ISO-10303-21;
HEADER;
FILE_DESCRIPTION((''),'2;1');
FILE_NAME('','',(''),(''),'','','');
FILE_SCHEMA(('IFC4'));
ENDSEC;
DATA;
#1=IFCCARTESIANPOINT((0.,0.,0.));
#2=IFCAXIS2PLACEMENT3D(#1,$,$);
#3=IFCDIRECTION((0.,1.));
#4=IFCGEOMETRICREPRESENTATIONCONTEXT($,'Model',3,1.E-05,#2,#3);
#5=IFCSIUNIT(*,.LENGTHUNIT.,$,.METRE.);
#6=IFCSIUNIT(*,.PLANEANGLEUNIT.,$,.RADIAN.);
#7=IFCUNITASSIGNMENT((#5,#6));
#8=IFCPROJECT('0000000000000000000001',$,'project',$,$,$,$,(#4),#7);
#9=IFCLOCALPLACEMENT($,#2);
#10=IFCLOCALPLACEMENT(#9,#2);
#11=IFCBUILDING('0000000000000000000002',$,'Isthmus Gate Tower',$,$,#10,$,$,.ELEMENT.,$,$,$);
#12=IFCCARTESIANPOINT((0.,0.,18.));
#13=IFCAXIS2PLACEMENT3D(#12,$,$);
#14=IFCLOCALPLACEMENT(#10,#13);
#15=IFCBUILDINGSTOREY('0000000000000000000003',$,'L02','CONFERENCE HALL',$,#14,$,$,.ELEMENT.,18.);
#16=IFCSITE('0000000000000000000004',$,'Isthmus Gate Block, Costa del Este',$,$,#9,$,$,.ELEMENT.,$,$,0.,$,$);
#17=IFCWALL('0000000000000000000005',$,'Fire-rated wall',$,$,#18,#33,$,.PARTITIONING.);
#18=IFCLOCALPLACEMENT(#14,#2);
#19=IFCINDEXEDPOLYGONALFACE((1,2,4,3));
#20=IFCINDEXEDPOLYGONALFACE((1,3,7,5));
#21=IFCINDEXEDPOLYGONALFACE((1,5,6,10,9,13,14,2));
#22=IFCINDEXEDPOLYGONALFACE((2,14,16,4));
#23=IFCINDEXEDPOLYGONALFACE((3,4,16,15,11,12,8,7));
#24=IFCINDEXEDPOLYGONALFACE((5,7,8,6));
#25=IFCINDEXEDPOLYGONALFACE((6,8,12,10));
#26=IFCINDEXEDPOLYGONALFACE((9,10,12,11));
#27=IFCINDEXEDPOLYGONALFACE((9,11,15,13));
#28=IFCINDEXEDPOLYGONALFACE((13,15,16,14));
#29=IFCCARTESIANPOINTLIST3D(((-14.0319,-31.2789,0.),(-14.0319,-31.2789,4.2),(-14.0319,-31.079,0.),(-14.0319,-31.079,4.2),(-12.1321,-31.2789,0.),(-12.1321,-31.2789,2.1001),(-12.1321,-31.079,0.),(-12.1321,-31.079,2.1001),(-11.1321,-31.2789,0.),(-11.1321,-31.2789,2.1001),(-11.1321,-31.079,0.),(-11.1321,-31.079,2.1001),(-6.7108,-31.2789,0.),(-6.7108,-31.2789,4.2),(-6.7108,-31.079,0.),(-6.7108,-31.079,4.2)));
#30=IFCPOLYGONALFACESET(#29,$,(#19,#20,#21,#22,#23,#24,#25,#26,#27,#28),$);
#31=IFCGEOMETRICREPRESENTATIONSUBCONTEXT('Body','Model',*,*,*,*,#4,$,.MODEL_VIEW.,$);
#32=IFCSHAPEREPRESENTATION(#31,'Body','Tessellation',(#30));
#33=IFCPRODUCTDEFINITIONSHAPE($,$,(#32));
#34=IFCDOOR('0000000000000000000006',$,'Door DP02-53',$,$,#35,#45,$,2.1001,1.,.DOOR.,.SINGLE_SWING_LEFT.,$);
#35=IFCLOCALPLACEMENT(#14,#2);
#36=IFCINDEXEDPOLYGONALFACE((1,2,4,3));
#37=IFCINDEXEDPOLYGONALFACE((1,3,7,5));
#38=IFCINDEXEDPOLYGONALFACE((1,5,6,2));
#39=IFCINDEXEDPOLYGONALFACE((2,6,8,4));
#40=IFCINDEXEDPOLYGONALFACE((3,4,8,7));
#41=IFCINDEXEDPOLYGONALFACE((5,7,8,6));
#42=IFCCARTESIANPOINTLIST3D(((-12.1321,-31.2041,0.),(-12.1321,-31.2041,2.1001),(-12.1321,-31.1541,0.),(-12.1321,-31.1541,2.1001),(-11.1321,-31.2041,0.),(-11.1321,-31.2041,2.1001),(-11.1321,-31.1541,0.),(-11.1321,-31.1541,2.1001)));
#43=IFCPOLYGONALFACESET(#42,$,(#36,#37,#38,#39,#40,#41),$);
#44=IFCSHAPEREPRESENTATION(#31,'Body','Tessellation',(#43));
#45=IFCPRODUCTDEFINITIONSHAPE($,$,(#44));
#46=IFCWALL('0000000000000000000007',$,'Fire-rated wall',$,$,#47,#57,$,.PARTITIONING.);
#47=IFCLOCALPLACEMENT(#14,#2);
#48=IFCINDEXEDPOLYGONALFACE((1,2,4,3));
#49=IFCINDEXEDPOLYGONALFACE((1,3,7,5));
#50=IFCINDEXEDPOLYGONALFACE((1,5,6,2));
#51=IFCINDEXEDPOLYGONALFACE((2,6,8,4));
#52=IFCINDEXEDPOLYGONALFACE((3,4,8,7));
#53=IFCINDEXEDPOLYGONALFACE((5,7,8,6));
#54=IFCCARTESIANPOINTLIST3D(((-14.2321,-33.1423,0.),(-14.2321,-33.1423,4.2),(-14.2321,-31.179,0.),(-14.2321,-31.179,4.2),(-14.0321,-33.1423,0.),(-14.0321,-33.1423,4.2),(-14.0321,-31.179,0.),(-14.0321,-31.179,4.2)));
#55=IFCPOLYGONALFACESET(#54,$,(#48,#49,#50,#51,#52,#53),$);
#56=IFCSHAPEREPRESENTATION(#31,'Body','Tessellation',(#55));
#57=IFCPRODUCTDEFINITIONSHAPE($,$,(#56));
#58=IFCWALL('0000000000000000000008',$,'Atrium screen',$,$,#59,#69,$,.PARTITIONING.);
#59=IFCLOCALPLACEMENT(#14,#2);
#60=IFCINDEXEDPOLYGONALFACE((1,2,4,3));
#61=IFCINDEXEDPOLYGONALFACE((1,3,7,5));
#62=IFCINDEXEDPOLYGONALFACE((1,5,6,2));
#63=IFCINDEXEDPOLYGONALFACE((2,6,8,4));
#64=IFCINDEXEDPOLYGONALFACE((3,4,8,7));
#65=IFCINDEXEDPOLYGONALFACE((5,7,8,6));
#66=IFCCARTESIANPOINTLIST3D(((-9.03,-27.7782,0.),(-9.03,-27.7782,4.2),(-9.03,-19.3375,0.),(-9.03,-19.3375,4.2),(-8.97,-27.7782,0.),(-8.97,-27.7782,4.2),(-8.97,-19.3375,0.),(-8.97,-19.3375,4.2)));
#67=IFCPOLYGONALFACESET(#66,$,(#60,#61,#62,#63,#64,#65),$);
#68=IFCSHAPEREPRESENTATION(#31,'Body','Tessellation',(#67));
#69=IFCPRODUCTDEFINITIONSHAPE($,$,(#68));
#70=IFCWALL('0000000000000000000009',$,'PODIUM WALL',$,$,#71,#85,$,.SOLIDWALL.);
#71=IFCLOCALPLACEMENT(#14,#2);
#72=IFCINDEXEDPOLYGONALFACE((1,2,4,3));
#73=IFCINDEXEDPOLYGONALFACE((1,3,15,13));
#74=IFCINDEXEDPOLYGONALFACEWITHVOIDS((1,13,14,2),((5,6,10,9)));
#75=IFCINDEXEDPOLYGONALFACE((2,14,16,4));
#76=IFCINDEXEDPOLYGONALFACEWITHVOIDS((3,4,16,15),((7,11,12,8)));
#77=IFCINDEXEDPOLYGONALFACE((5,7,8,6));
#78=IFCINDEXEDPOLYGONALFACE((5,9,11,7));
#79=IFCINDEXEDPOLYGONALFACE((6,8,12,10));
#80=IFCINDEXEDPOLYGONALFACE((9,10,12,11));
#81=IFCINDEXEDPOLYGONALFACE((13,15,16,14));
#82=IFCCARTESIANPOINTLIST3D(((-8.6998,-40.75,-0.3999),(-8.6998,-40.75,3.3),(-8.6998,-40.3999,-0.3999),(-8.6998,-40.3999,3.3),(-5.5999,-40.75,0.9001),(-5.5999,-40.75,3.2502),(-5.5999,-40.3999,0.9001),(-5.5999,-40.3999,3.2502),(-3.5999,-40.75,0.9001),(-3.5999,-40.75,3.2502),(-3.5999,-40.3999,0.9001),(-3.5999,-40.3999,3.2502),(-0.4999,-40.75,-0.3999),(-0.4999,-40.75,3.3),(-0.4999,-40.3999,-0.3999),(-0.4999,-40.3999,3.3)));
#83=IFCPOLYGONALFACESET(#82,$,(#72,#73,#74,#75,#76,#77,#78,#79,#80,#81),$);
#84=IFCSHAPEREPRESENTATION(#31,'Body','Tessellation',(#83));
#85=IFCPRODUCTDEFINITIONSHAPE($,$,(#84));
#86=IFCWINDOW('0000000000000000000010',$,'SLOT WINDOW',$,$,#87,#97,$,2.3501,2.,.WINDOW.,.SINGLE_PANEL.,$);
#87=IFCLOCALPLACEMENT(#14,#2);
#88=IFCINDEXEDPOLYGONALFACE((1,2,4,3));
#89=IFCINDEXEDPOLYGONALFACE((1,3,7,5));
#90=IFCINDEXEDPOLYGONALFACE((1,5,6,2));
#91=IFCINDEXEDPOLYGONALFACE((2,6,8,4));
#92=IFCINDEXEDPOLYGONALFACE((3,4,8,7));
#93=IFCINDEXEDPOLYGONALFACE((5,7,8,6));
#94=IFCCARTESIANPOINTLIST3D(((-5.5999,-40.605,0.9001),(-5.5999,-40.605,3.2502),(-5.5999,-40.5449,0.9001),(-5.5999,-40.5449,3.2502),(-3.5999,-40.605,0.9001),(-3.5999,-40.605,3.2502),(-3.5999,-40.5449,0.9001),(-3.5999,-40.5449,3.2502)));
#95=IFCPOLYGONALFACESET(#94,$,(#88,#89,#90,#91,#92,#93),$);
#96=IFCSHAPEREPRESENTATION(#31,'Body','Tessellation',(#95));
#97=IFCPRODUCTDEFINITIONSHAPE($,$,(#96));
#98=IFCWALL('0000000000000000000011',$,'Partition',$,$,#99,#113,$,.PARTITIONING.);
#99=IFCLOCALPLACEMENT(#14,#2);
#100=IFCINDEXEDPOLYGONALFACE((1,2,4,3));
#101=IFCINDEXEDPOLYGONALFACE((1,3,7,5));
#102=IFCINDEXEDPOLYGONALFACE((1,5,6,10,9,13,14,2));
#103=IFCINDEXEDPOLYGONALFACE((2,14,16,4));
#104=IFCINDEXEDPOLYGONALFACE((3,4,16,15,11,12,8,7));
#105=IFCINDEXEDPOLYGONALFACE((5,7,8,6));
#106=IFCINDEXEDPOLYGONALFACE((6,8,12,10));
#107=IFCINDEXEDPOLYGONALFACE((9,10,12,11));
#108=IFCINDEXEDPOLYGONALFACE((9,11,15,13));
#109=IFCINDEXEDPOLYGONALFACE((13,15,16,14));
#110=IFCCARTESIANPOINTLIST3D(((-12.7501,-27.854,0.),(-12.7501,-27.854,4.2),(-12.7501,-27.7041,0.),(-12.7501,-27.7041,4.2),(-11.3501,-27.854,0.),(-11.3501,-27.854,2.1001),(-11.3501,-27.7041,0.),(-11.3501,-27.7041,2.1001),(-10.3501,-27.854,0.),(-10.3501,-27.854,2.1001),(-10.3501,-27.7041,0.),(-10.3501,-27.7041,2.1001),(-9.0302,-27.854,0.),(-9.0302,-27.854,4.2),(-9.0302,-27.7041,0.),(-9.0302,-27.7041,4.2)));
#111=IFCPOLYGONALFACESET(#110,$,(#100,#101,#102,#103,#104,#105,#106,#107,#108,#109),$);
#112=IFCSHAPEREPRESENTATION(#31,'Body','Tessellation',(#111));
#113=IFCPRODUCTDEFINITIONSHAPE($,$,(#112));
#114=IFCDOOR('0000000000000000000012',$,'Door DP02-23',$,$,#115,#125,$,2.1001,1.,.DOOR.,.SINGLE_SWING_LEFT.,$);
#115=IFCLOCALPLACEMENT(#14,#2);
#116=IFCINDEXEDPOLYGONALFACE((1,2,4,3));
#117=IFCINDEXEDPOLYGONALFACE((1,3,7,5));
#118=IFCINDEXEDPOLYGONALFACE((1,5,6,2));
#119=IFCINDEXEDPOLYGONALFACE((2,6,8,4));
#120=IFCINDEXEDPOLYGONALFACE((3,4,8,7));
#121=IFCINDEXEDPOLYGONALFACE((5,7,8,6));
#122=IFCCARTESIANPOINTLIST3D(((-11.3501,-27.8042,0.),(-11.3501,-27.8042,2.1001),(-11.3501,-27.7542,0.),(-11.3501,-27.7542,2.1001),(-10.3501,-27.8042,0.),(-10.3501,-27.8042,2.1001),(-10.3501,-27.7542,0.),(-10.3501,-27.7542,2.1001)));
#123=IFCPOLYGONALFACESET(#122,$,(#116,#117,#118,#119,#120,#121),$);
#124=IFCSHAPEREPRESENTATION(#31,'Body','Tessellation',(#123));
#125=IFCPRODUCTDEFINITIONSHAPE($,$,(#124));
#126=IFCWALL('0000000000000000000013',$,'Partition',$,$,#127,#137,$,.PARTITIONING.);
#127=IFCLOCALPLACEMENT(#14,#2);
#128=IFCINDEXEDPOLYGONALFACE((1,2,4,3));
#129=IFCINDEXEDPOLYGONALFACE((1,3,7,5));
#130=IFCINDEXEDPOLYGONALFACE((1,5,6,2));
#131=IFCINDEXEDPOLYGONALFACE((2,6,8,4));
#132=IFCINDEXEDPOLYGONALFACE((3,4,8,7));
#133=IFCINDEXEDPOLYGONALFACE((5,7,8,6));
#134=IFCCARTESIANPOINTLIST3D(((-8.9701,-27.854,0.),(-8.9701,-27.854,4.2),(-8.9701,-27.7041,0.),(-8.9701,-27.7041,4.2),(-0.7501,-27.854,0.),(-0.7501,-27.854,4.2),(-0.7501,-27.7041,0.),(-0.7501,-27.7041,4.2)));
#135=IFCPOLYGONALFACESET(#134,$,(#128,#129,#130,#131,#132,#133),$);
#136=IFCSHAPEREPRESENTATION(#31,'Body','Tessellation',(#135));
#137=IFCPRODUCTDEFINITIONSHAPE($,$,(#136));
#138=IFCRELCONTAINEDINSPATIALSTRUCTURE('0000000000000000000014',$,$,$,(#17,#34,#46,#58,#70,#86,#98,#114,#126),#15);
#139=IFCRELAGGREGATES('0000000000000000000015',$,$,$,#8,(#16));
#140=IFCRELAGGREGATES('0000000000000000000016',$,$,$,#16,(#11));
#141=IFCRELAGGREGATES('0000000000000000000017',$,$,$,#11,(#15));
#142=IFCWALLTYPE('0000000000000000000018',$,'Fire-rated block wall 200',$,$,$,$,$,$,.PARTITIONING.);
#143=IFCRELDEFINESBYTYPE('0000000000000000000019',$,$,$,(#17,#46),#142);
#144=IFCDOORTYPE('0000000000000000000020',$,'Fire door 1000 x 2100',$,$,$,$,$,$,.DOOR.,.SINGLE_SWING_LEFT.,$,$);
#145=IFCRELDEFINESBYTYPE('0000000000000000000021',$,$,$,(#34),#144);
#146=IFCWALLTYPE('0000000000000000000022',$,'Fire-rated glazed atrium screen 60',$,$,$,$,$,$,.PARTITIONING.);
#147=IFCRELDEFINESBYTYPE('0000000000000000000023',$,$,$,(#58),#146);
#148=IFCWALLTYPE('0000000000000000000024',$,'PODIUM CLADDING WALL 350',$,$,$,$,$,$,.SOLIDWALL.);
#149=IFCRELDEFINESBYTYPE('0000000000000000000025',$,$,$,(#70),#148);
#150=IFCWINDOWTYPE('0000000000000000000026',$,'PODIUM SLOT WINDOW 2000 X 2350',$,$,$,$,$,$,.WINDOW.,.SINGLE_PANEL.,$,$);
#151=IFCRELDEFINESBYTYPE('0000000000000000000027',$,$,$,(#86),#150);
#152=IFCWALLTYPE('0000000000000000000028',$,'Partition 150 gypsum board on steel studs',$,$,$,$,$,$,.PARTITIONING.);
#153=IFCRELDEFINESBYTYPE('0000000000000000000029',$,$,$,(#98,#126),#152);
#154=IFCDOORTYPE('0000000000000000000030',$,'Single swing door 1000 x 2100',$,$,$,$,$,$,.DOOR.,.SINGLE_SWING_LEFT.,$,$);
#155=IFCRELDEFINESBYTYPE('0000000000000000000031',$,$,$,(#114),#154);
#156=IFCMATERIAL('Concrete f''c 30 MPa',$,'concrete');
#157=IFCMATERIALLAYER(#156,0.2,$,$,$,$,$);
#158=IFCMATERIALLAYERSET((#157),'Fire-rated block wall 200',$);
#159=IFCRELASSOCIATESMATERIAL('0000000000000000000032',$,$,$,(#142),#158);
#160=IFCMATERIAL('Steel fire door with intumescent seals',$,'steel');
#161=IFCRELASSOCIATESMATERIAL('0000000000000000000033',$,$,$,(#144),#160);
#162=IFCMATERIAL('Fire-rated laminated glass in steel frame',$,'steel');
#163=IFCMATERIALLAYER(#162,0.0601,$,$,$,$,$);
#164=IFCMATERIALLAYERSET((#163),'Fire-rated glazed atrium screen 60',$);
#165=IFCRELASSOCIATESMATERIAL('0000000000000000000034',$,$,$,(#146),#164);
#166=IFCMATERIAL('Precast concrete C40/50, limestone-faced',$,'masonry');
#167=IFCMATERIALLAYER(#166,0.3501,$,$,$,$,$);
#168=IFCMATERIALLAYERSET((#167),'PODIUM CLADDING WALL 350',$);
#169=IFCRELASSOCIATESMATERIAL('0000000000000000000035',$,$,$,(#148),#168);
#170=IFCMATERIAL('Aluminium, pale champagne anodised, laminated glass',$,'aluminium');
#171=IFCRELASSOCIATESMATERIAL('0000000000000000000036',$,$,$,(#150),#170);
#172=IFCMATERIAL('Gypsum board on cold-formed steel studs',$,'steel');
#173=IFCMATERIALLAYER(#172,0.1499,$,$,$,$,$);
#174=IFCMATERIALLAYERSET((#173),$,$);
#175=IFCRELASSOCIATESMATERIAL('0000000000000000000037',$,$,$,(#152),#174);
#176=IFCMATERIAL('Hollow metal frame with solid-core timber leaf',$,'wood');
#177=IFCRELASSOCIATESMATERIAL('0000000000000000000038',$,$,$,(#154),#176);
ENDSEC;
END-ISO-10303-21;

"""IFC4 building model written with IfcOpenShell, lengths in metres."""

from ifc_helpers import new_model, si_unit, direction, frame, frame_2d, origin, place, context, subcontext, project, spatial, rectangle, extrude, material, layer, layer_set, type_object, element, fill, save


model = new_model("IFC4")

# Units and contexts
model_context = context("Model", 3, precision=1e-05, world=origin(), true_north=direction((0.0, 1.0)))
body_context = subcontext(model_context, "Body", "Model", "MODEL_VIEW")
ifc_project = project(units=[si_unit("LENGTHUNIT", "METRE"), si_unit("PLANEANGLEUNIT", "RADIAN")], contexts=[model_context])

# Site, building, storey
site_placement = place(None, origin())
site = spatial("IfcSite", under=ifc_project, at=site_placement, Name="Isthmus Gate Block, Costa del Este", CompositionType="ELEMENT", RefElevation=0.0)
building_placement = place(site_placement, origin())
building = spatial("IfcBuilding", under=site, at=building_placement, Name="Isthmus Gate Tower", CompositionType="ELEMENT")
storey_placement = place(building_placement, frame((0.0, 0.0, 18.0)))
storey = spatial("IfcBuildingStorey", under=building, at=storey_placement, Name="L02", Description="CONFERENCE HALL", CompositionType="ELEMENT", Elevation=18.0)

# Wall, opening, door
ifc_material_1 = material(Name="Concrete f'c 30 MPa", Category="concrete")
ifc_layer_1 = layer(ifc_material_1, 0.2)
ifc_layer_set_1 = layer_set([ifc_layer_1], Name="Fire-rated block wall 200")
wall_type_1 = type_object("IfcWallType", Name="Fire-rated block wall 200", PredefinedType="PARTITIONING", material=ifc_layer_set_1)
wall_1_placement = place(storey_placement, frame((-14.032, -31.179, 0.0), z_axis=(0.0, 0.0, 1.0), x_axis=(1.0, 0.0, 0.0)))
wall_1 = element("IfcWall", 1, at=wall_1_placement, inside=storey, type_object=wall_type_1, Name="Fire-rated wall", PredefinedType="PARTITIONING", context=body_context, shape_type="SweptSolid", body=[
    extrude(rectangle(XDim=7.321, YDim=0.2, at=frame_2d((3.6606, 0.0))), origin(), (0.0, 0.0, 1.0), 4.2),
])
opening_1_placement = place(wall_1_placement, frame((1.8999, 0.0, 0.0)))
opening_1 = element("IfcOpeningElement", 2, at=opening_1_placement, cuts=wall_1, PredefinedType="OPENING", context=body_context, shape_type="SweptSolid", body=[
    extrude(rectangle(XDim=1.0, YDim=2.1001, at=frame_2d((0.5, 1.05))), frame((0.0, 0.1099, 0.0), z_axis=(0.0, -1.0, 0.0), x_axis=(1.0, 0.0, 0.0)), (0.0, 0.0, 1.0), 0.22),
])
ifc_material_2 = material(Name="Steel fire door with intumescent seals", Category="steel")
door_type_1 = type_object("IfcDoorType", Name="Fire door 1000 x 2100", OperationType="SINGLE_SWING_LEFT", PredefinedType="DOOR", material=ifc_material_2)
door_1_placement = place(opening_1_placement, origin())
door_1 = element("IfcDoor", 3, at=door_1_placement, inside=storey, type_object=door_type_1, Name="Door DP02-53", OperationType="SINGLE_SWING_LEFT", OverallHeight=2.1001, OverallWidth=1.0, PredefinedType="DOOR", context=body_context, shape_type="SweptSolid", body=[
    extrude(rectangle(XDim=1.0, YDim=2.1001, at=frame_2d((0.5, 1.05))), frame((0.0, 0.0249, 0.0), z_axis=(0.0, -1.0, 0.0), x_axis=(1.0, 0.0, 0.0)), (0.0, 0.0, 1.0), 0.05),
])
fill(opening_1, door_1)

# Walls
wall_2_placement = place(storey_placement, frame((-14.1321, -33.1423, 0.0), z_axis=(0.0, 0.0, 1.0), x_axis=(0.0, 1.0, 0.0)))
element("IfcWall", 4, at=wall_2_placement, inside=storey, type_object=wall_type_1, Name="Fire-rated wall", PredefinedType="PARTITIONING", context=body_context, shape_type="SweptSolid", body=[
    extrude(rectangle(XDim=1.9634, YDim=0.2, at=frame_2d((0.9817, 0.0))), origin(), (0.0, 0.0, 1.0), 4.2),
])
ifc_material_3 = material(Name="Fire-rated laminated glass in steel frame", Category="steel")
ifc_layer_2 = layer(ifc_material_3, 0.0601)
ifc_layer_set_2 = layer_set([ifc_layer_2], Name="Fire-rated glazed atrium screen 60")
wall_type_2 = type_object("IfcWallType", Name="Fire-rated glazed atrium screen 60", PredefinedType="PARTITIONING", material=ifc_layer_set_2)
wall_3_placement = place(storey_placement, frame((-9.0, -27.7781, 0.0), z_axis=(0.0, 0.0, 1.0), x_axis=(0.0, 1.0, 0.0)))
element("IfcWall", 5, at=wall_3_placement, inside=storey, type_object=wall_type_2, Name="Atrium screen", PredefinedType="PARTITIONING", context=body_context, shape_type="SweptSolid", body=[
    extrude(rectangle(XDim=8.4407, YDim=0.0601, at=frame_2d((4.2202, 0.0))), origin(), (0.0, 0.0, 1.0), 4.2),
])

# Wall, opening, window
ifc_material_4 = material(Name="Precast concrete C40/50, limestone-faced", Category="masonry")
ifc_layer_3 = layer(ifc_material_4, 0.3501)
ifc_layer_set_3 = layer_set([ifc_layer_3], Name="PODIUM CLADDING WALL 350")
wall_type_3 = type_object("IfcWallType", Name="PODIUM CLADDING WALL 350", PredefinedType="SOLIDWALL", material=ifc_layer_set_3)
wall_4_placement = place(storey_placement, frame((-8.7, -40.575, -0.3999), z_axis=(0.0, 0.0, 1.0), x_axis=(1.0, 0.0, 0.0)))
wall_4 = element("IfcWall", 6, at=wall_4_placement, inside=storey, type_object=wall_type_3, Name="PODIUM WALL", PredefinedType="SOLIDWALL", context=body_context, shape_type="SweptSolid", body=[
    extrude(rectangle(XDim=8.2, YDim=0.3501, at=frame_2d((4.1001, 0.0))), origin(), (0.0, 0.0, 1.0), 3.7),
])
opening_2_placement = place(wall_4_placement, frame((3.1001, 0.0, 1.3)))
opening_2 = element("IfcOpeningElement", 7, at=opening_2_placement, cuts=wall_4, PredefinedType="OPENING", context=body_context, shape_type="SweptSolid", body=[
    extrude(rectangle(XDim=2.0, YDim=2.3501, at=frame_2d((1.0, 1.175))), frame((0.0, 0.1851, 0.0), z_axis=(0.0, -1.0, 0.0), x_axis=(1.0, 0.0, 0.0)), (0.0, 0.0, 1.0), 0.3701),
])
ifc_material_5 = material(Name="Aluminium, pale champagne anodised, laminated glass", Category="aluminium")
window_type = type_object("IfcWindowType", Name="PODIUM SLOT WINDOW 2000 X 2350", PartitioningType="SINGLE_PANEL", PredefinedType="WINDOW", material=ifc_material_5)
window_placement = place(opening_2_placement, origin())
window = element("IfcWindow", 8, at=window_placement, inside=storey, type_object=window_type, Name="SLOT WINDOW", OverallHeight=2.3501, OverallWidth=2.0, PartitioningType="SINGLE_PANEL", PredefinedType="WINDOW", context=body_context, shape_type="SweptSolid", body=[
    extrude(rectangle(XDim=2.0, YDim=2.3501, at=frame_2d((1.0, 1.175))), frame((0.0, 0.03, 0.0), z_axis=(0.0, -1.0, 0.0), x_axis=(1.0, 0.0, 0.0)), (0.0, 0.0, 1.0), 0.0601),
])
fill(opening_2, window)

# Wall, opening, door
ifc_material_6 = material(Name="Gypsum board on cold-formed steel studs", Category="steel")
ifc_layer_4 = layer(ifc_material_6, 0.1499)
ifc_layer_set_4 = layer_set([ifc_layer_4])
wall_type_4 = type_object("IfcWallType", Name="Partition 150 gypsum board on steel studs", PredefinedType="PARTITIONING", material=ifc_layer_set_4)
wall_5_placement = place(storey_placement, frame((-12.75, -27.7791, 0.0), z_axis=(0.0, 0.0, 1.0), x_axis=(1.0, 0.0, 0.0)))
wall_5 = element("IfcWall", 9, at=wall_5_placement, inside=storey, type_object=wall_type_4, Name="Partition", PredefinedType="PARTITIONING", context=body_context, shape_type="SweptSolid", body=[
    extrude(rectangle(XDim=3.72, YDim=0.1499, at=frame_2d((1.8599, 0.0))), origin(), (0.0, 0.0, 1.0), 4.2),
])
opening_3_placement = place(wall_5_placement, frame((1.3999, 0.0, 0.0)))
opening_3 = element("IfcOpeningElement", 10, at=opening_3_placement, cuts=wall_5, PredefinedType="OPENING", context=body_context, shape_type="SweptSolid", body=[
    extrude(rectangle(XDim=1.0, YDim=2.1001, at=frame_2d((0.5, 1.05))), frame((0.0, 0.085, 0.0), z_axis=(0.0, -1.0, 0.0), x_axis=(1.0, 0.0, 0.0)), (0.0, 0.0, 1.0), 0.1699),
])
ifc_material_7 = material(Name="Hollow metal frame with solid-core timber leaf", Category="wood")
door_type_2 = type_object("IfcDoorType", Name="Single swing door 1000 x 2100", OperationType="SINGLE_SWING_LEFT", PredefinedType="DOOR", material=ifc_material_7)
door_2_placement = place(opening_3_placement, origin())
door_2 = element("IfcDoor", 11, at=door_2_placement, inside=storey, type_object=door_type_2, Name="Door DP02-23", OperationType="SINGLE_SWING_LEFT", OverallHeight=2.1001, OverallWidth=1.0, PredefinedType="DOOR", context=body_context, shape_type="SweptSolid", body=[
    extrude(rectangle(XDim=1.0, YDim=2.1001, at=frame_2d((0.5, 1.05))), frame((0.0, 0.0249, 0.0), z_axis=(0.0, -1.0, 0.0), x_axis=(1.0, 0.0, 0.0)), (0.0, 0.0, 1.0), 0.05),
])
fill(opening_3, door_2)

# Wall
wall_6_placement = place(storey_placement, frame((-8.97, -27.7791, 0.0), z_axis=(0.0, 0.0, 1.0), x_axis=(1.0, 0.0, 0.0)))
element("IfcWall", 12, at=wall_6_placement, inside=storey, type_object=wall_type_4, Name="Partition", PredefinedType="PARTITIONING", context=body_context, shape_type="SweptSolid", body=[
    extrude(rectangle(XDim=8.22, YDim=0.1499, at=frame_2d((4.1099, 0.0))), origin(), (0.0, 0.0, 1.0), 4.2),
])

save(model, "model.ifc")
